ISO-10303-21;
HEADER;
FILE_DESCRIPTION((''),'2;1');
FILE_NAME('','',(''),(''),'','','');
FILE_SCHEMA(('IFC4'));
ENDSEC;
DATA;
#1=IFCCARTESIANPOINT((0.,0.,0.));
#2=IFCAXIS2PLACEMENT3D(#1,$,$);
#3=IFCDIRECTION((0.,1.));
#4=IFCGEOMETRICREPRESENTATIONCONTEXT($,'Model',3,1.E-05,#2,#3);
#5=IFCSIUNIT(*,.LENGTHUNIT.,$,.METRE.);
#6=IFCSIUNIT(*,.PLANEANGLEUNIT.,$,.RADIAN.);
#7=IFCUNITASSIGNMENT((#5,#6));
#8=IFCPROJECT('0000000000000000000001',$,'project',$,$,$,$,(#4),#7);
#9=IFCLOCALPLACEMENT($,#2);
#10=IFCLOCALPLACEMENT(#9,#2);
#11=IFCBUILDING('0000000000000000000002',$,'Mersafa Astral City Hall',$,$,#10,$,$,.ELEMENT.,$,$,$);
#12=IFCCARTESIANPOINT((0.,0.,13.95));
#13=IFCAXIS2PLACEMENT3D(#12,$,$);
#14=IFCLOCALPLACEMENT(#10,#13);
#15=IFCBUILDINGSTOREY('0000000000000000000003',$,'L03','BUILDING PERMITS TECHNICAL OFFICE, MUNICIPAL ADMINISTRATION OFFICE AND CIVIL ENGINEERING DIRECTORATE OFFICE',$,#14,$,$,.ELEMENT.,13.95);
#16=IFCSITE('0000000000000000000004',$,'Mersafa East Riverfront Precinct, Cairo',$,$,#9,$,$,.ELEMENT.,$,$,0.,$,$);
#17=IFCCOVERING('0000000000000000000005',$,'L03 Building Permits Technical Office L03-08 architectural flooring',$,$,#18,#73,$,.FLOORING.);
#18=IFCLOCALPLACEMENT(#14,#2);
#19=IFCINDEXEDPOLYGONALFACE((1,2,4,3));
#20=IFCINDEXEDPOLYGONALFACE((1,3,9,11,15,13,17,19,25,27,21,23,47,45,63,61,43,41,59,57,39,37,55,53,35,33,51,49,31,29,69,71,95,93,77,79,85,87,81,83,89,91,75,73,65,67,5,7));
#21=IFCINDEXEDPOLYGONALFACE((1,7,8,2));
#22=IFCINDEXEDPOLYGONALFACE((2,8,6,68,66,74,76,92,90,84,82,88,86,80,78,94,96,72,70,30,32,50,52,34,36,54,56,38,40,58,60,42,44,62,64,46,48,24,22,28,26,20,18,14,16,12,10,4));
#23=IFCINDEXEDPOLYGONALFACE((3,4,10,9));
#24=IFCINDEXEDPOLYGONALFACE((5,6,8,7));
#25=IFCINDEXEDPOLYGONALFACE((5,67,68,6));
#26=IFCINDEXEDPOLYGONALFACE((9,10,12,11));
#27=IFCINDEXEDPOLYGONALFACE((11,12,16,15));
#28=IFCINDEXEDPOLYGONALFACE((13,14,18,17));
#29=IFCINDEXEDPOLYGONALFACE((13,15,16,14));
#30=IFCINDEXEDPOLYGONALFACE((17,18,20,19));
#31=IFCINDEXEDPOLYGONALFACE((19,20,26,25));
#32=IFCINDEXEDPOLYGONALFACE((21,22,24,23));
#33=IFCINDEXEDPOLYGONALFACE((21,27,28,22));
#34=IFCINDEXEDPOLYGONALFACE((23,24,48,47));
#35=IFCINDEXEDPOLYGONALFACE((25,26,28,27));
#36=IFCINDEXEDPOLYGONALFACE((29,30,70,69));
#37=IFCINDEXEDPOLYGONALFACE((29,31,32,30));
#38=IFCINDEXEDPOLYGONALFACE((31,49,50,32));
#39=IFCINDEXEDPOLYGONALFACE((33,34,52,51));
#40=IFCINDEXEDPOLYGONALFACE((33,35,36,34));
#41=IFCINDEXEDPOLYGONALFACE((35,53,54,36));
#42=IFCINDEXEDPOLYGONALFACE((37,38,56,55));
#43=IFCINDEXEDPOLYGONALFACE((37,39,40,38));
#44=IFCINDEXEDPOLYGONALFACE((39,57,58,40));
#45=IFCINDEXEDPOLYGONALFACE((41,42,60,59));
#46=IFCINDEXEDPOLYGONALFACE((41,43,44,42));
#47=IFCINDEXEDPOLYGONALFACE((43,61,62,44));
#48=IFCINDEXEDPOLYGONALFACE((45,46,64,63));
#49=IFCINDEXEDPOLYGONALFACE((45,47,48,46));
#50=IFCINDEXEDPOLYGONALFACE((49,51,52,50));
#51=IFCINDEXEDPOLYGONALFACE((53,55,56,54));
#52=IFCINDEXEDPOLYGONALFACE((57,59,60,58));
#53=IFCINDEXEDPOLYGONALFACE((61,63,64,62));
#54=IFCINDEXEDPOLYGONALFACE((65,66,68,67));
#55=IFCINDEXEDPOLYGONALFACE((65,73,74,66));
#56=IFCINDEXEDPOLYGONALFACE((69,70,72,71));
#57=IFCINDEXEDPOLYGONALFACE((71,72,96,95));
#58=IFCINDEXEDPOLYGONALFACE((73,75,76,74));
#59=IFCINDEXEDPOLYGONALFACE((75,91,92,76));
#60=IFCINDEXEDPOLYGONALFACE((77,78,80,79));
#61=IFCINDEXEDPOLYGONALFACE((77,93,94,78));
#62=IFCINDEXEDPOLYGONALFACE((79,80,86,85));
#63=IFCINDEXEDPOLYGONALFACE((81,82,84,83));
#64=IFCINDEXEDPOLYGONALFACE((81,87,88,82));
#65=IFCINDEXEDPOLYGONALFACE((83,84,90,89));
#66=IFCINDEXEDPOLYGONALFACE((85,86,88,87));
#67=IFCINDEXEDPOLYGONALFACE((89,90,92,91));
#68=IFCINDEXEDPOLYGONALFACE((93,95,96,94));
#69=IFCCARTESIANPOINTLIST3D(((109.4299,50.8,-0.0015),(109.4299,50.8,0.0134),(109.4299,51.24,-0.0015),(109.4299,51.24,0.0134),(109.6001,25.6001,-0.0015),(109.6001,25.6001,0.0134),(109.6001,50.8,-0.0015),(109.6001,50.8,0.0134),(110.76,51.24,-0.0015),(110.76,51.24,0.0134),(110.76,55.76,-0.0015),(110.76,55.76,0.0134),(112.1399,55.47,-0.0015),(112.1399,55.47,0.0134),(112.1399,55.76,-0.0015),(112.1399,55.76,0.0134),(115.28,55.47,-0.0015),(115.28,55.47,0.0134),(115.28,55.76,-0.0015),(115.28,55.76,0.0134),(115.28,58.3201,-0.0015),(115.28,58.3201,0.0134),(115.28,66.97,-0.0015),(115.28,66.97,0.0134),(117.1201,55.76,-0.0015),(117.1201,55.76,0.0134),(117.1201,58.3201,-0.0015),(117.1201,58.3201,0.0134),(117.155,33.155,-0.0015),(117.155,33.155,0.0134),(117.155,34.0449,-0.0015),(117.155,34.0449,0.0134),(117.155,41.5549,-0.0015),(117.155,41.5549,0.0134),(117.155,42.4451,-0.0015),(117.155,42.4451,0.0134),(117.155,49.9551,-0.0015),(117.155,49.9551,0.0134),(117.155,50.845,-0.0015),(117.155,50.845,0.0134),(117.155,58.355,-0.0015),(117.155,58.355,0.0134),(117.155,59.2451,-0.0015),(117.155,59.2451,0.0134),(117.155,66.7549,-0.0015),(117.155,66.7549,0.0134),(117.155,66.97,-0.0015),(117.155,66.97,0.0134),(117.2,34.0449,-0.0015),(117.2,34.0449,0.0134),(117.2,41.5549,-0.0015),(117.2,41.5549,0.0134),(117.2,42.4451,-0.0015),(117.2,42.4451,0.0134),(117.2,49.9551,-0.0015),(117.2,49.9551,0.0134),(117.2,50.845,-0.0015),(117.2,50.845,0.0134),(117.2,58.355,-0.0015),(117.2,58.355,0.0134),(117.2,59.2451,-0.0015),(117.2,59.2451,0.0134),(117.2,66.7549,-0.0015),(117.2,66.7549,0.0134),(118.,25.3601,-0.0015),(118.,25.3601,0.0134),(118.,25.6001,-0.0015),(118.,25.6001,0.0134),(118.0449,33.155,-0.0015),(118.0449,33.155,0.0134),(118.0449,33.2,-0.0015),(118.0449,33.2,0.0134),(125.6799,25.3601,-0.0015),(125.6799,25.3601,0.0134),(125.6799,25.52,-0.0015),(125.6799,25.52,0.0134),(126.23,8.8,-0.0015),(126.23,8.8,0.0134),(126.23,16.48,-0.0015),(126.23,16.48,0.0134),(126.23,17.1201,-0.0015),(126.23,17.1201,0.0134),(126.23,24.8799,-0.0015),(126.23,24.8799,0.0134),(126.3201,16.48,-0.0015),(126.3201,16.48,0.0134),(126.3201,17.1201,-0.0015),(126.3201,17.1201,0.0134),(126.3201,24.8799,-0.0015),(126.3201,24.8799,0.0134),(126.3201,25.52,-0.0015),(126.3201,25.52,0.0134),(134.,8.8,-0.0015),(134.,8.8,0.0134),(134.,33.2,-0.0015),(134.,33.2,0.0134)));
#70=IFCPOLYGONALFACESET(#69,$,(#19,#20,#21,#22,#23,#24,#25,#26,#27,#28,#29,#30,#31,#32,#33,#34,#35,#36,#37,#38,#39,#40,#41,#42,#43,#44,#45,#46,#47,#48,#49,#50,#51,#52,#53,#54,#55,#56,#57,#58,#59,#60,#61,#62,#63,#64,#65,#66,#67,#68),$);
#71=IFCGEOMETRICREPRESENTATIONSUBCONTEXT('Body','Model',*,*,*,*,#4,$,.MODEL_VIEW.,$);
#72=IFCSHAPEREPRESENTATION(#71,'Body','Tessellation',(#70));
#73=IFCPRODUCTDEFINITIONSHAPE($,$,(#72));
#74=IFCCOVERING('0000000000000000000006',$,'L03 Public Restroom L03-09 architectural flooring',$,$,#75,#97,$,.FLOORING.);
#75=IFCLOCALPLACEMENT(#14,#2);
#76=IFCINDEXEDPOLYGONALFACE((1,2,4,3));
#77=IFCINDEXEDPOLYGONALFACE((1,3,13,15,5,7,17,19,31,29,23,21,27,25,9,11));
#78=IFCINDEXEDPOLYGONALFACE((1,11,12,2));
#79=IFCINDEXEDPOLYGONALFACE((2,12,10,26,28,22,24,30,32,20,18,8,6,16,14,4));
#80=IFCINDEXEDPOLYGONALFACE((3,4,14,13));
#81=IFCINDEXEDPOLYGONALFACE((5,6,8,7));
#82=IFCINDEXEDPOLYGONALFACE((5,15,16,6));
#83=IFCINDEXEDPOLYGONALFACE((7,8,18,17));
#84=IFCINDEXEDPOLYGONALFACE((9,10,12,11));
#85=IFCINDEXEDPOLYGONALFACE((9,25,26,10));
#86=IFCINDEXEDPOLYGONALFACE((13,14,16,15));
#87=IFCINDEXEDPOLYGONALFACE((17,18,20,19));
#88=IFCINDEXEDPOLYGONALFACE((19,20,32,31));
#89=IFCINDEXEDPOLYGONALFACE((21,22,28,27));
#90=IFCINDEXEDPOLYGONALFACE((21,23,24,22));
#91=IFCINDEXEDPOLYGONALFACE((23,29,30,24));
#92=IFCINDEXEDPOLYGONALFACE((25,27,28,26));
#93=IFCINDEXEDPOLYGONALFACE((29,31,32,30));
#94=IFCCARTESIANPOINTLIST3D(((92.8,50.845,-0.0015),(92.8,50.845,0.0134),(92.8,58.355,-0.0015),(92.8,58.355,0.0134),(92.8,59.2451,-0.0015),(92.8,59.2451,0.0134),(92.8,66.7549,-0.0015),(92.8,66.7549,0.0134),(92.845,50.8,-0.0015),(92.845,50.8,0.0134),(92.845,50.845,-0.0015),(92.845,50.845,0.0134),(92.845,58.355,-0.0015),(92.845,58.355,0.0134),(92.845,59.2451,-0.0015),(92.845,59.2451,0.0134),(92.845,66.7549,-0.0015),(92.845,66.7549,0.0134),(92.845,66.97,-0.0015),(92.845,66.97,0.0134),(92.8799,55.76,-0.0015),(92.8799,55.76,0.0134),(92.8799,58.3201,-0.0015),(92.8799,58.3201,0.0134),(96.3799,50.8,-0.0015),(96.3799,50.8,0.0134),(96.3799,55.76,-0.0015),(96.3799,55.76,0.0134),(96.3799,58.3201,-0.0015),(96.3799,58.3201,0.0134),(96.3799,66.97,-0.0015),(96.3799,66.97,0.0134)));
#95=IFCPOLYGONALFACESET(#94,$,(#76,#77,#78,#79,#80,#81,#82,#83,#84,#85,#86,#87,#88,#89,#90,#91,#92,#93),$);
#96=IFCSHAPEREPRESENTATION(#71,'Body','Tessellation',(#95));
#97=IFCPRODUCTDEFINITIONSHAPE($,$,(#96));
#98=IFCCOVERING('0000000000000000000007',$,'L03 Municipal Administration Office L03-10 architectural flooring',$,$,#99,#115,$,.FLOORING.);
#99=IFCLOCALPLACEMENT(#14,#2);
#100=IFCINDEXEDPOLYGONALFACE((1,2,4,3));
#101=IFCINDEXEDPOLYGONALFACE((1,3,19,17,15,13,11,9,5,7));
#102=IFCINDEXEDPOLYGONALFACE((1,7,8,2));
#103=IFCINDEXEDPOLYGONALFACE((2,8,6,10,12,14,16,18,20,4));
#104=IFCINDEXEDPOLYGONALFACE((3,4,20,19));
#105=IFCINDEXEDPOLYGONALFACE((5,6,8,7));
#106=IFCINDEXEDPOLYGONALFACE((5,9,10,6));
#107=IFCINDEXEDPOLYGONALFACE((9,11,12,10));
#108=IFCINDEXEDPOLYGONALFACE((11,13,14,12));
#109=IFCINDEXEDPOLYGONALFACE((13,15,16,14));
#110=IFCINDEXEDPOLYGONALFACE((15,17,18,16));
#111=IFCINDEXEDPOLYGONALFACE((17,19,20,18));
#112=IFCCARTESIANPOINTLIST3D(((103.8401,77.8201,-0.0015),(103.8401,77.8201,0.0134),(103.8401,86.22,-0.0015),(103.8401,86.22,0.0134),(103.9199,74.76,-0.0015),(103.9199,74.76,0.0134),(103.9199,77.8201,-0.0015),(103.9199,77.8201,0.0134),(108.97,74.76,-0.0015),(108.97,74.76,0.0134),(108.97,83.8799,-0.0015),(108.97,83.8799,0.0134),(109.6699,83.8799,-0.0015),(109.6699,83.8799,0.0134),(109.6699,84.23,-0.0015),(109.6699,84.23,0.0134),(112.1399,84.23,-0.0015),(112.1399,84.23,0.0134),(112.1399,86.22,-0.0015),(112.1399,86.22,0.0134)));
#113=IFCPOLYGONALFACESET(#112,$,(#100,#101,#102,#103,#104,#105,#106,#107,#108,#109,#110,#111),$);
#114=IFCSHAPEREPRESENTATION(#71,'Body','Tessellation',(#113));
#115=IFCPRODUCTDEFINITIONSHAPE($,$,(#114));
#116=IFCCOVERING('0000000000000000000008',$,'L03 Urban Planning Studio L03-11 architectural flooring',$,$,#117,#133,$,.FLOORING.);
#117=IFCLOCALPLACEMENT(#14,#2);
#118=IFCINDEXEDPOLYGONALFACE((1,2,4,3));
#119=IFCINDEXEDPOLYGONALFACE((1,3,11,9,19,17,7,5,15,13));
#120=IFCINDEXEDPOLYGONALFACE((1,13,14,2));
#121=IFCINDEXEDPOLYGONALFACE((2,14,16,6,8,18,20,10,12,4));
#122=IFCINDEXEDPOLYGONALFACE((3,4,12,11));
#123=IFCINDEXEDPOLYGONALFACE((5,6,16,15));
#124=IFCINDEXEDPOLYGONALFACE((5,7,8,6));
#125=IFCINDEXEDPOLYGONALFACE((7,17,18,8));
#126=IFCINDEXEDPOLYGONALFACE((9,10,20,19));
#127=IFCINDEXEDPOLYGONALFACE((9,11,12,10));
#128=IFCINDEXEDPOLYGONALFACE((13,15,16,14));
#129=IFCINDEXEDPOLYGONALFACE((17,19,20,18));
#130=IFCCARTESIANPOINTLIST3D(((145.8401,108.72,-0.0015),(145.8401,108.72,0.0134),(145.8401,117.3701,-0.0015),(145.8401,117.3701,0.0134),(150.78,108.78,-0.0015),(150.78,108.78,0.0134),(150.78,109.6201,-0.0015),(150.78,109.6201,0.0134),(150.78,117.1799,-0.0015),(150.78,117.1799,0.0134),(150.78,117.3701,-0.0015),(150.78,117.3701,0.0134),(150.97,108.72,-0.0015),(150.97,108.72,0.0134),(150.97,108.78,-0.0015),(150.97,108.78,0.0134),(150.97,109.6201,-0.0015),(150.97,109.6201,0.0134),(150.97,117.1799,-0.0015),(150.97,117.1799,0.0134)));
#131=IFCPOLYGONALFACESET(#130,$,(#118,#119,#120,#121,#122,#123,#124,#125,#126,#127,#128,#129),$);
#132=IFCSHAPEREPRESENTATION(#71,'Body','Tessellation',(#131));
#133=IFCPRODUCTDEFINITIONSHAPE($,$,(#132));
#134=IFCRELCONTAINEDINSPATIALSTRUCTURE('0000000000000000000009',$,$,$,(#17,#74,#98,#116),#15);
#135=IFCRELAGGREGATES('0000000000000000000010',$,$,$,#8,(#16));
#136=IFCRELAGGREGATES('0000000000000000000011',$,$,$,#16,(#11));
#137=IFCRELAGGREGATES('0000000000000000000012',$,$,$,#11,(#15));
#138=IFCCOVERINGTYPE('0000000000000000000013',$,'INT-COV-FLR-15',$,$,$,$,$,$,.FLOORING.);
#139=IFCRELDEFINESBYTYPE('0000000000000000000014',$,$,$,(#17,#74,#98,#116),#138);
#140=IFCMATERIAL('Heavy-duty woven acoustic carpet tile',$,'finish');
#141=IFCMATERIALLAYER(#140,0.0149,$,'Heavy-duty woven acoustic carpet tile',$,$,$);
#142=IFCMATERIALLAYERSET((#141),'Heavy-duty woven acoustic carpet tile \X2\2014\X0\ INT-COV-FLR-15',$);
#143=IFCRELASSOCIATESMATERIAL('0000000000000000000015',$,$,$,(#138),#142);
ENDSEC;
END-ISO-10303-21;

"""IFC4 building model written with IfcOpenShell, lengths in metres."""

from ifc_helpers import new_model, si_unit, direction, frame, origin, place, context, subcontext, project, spatial, polyline, outline, extrude, material, layer, layer_set, type_object, element, save


model = new_model("IFC4")

# Units and contexts
model_context = context("Model", 3, precision=1e-05, world=origin(), true_north=direction((0.0, 1.0)))
body_context = subcontext(model_context, "Body", "Model", "MODEL_VIEW")
ifc_project = project(units=[si_unit("LENGTHUNIT", "METRE"), si_unit("PLANEANGLEUNIT", "RADIAN")], contexts=[model_context])

# Site, building, storey
site_placement = place(None, origin())
site = spatial("IfcSite", under=ifc_project, at=site_placement, Name="Mersafa East Riverfront Precinct, Cairo", CompositionType="ELEMENT", RefElevation=0.0)
building_placement = place(site_placement, origin())
building = spatial("IfcBuilding", under=site, at=building_placement, Name="Mersafa Astral City Hall", CompositionType="ELEMENT")
storey_placement = place(building_placement, frame((0.0, 0.0, 13.95)))
storey = spatial("IfcBuildingStorey", under=building, at=storey_placement, Name="L03", Description="BUILDING PERMITS TECHNICAL OFFICE, MUNICIPAL ADMINISTRATION OFFICE AND CIVIL ENGINEERING DIRECTORATE OFFICE", CompositionType="ELEMENT", Elevation=13.95)

# Coverings
ifc_material_1 = material(Name="Heavy-duty woven acoustic carpet tile", Category="finish")
ifc_layer_1 = layer(ifc_material_1, 0.0149, Name="Heavy-duty woven acoustic carpet tile")
ifc_layer_set_1 = layer_set([ifc_layer_1], Name="Heavy-duty woven acoustic carpet tile — INT-COV-FLR-15")
covering_type = type_object("IfcCoveringType", Name="INT-COV-FLR-15", PredefinedType="FLOORING", material=ifc_layer_set_1)
covering_1_placement = place(storey_placement, frame((0.0, 0.0, -0.0015)))
element("IfcCovering", 1, at=covering_1_placement, inside=storey, type_object=covering_type, Name="L03 Building Permits Technical Office L03-08 architectural flooring", PredefinedType="FLOORING", context=body_context, shape_type="SweptSolid", body=[
    extrude(outline(polyline([(117.155, 34.0449), (117.155, 33.155), (118.0449, 33.155), (118.0449, 33.2), (134.0, 33.2), (134.0, 8.8), (126.23, 8.8), (126.23, 16.48), (126.3201, 16.48), (126.3201, 17.1201), (126.23, 17.1201), (126.23, 24.8799), (126.3201, 24.8799), (126.3201, 25.52), (125.6799, 25.52), (125.6799, 25.3601), (118.0, 25.3601), (118.0, 25.6001), (109.6001, 25.6001), (109.6001, 50.8), (109.4299, 50.8), (109.4299, 51.24), (110.76, 51.24), (110.76, 55.76), (112.1399, 55.76), (112.1399, 55.47), (115.28, 55.47), (115.28, 55.76), (117.1201, 55.76), (117.1201, 58.3201), (115.28, 58.3201), (115.28, 66.97), (117.155, 66.97), (117.155, 66.7549), (117.2, 66.7549), (117.2, 59.2451), (117.155, 59.2451), (117.155, 58.355), (117.2, 58.355), (117.2, 50.845), (117.155, 50.845), (117.155, 49.9551), (117.2, 49.9551), (117.2, 42.4451), (117.155, 42.4451), (117.155, 41.5549), (117.2, 41.5549), (117.2, 34.0449), (117.155, 34.0449)])), origin(), (0.0, 0.0, 1.0), 0.0149),
])
covering_2_placement = place(storey_placement, frame((0.0, 0.0, -0.0015)))
element("IfcCovering", 2, at=covering_2_placement, inside=storey, type_object=covering_type, Name="L03 Public Restroom L03-09 architectural flooring", PredefinedType="FLOORING", context=body_context, shape_type="SweptSolid", body=[
    extrude(outline(polyline([(92.8, 58.355), (92.845, 58.355), (92.845, 59.2451), (92.8, 59.2451), (92.8, 66.7549), (92.845, 66.7549), (92.845, 66.97), (96.3799, 66.97), (96.3799, 58.3201), (92.8799, 58.3201), (92.8799, 55.76), (96.3799, 55.76), (96.3799, 50.8), (92.845, 50.8), (92.845, 50.845), (92.8, 50.845), (92.8, 58.355)])), origin(), (0.0, 0.0, 1.0), 0.0149),
])
covering_3_placement = place(storey_placement, frame((0.0, 0.0, -0.0015)))
element("IfcCovering", 3, at=covering_3_placement, inside=storey, type_object=covering_type, Name="L03 Municipal Administration Office L03-10 architectural flooring", PredefinedType="FLOORING", context=body_context, shape_type="SweptSolid", body=[
    extrude(outline(polyline([(103.8401, 86.22), (112.1399, 86.22), (112.1399, 84.23), (109.6699, 84.23), (109.6699, 83.8799), (108.97, 83.8799), (108.97, 74.76), (103.9199, 74.76), (103.9199, 77.8201), (103.8401, 77.8201), (103.8401, 86.22)])), origin(), (0.0, 0.0, 1.0), 0.0149),
])
covering_4_placement = place(storey_placement, frame((0.0, 0.0, -0.0015)))
element("IfcCovering", 4, at=covering_4_placement, inside=storey, type_object=covering_type, Name="L03 Urban Planning Studio L03-11 architectural flooring", PredefinedType="FLOORING", context=body_context, shape_type="SweptSolid", body=[
    extrude(outline(polyline([(150.78, 117.3701), (150.78, 117.1799), (150.97, 117.1799), (150.97, 109.6201), (150.78, 109.6201), (150.78, 108.78), (150.97, 108.78), (150.97, 108.72), (145.8401, 108.72), (145.8401, 117.3701), (150.78, 117.3701)])), origin(), (0.0, 0.0, 1.0), 0.0149),
])

save(model, "model.ifc")
